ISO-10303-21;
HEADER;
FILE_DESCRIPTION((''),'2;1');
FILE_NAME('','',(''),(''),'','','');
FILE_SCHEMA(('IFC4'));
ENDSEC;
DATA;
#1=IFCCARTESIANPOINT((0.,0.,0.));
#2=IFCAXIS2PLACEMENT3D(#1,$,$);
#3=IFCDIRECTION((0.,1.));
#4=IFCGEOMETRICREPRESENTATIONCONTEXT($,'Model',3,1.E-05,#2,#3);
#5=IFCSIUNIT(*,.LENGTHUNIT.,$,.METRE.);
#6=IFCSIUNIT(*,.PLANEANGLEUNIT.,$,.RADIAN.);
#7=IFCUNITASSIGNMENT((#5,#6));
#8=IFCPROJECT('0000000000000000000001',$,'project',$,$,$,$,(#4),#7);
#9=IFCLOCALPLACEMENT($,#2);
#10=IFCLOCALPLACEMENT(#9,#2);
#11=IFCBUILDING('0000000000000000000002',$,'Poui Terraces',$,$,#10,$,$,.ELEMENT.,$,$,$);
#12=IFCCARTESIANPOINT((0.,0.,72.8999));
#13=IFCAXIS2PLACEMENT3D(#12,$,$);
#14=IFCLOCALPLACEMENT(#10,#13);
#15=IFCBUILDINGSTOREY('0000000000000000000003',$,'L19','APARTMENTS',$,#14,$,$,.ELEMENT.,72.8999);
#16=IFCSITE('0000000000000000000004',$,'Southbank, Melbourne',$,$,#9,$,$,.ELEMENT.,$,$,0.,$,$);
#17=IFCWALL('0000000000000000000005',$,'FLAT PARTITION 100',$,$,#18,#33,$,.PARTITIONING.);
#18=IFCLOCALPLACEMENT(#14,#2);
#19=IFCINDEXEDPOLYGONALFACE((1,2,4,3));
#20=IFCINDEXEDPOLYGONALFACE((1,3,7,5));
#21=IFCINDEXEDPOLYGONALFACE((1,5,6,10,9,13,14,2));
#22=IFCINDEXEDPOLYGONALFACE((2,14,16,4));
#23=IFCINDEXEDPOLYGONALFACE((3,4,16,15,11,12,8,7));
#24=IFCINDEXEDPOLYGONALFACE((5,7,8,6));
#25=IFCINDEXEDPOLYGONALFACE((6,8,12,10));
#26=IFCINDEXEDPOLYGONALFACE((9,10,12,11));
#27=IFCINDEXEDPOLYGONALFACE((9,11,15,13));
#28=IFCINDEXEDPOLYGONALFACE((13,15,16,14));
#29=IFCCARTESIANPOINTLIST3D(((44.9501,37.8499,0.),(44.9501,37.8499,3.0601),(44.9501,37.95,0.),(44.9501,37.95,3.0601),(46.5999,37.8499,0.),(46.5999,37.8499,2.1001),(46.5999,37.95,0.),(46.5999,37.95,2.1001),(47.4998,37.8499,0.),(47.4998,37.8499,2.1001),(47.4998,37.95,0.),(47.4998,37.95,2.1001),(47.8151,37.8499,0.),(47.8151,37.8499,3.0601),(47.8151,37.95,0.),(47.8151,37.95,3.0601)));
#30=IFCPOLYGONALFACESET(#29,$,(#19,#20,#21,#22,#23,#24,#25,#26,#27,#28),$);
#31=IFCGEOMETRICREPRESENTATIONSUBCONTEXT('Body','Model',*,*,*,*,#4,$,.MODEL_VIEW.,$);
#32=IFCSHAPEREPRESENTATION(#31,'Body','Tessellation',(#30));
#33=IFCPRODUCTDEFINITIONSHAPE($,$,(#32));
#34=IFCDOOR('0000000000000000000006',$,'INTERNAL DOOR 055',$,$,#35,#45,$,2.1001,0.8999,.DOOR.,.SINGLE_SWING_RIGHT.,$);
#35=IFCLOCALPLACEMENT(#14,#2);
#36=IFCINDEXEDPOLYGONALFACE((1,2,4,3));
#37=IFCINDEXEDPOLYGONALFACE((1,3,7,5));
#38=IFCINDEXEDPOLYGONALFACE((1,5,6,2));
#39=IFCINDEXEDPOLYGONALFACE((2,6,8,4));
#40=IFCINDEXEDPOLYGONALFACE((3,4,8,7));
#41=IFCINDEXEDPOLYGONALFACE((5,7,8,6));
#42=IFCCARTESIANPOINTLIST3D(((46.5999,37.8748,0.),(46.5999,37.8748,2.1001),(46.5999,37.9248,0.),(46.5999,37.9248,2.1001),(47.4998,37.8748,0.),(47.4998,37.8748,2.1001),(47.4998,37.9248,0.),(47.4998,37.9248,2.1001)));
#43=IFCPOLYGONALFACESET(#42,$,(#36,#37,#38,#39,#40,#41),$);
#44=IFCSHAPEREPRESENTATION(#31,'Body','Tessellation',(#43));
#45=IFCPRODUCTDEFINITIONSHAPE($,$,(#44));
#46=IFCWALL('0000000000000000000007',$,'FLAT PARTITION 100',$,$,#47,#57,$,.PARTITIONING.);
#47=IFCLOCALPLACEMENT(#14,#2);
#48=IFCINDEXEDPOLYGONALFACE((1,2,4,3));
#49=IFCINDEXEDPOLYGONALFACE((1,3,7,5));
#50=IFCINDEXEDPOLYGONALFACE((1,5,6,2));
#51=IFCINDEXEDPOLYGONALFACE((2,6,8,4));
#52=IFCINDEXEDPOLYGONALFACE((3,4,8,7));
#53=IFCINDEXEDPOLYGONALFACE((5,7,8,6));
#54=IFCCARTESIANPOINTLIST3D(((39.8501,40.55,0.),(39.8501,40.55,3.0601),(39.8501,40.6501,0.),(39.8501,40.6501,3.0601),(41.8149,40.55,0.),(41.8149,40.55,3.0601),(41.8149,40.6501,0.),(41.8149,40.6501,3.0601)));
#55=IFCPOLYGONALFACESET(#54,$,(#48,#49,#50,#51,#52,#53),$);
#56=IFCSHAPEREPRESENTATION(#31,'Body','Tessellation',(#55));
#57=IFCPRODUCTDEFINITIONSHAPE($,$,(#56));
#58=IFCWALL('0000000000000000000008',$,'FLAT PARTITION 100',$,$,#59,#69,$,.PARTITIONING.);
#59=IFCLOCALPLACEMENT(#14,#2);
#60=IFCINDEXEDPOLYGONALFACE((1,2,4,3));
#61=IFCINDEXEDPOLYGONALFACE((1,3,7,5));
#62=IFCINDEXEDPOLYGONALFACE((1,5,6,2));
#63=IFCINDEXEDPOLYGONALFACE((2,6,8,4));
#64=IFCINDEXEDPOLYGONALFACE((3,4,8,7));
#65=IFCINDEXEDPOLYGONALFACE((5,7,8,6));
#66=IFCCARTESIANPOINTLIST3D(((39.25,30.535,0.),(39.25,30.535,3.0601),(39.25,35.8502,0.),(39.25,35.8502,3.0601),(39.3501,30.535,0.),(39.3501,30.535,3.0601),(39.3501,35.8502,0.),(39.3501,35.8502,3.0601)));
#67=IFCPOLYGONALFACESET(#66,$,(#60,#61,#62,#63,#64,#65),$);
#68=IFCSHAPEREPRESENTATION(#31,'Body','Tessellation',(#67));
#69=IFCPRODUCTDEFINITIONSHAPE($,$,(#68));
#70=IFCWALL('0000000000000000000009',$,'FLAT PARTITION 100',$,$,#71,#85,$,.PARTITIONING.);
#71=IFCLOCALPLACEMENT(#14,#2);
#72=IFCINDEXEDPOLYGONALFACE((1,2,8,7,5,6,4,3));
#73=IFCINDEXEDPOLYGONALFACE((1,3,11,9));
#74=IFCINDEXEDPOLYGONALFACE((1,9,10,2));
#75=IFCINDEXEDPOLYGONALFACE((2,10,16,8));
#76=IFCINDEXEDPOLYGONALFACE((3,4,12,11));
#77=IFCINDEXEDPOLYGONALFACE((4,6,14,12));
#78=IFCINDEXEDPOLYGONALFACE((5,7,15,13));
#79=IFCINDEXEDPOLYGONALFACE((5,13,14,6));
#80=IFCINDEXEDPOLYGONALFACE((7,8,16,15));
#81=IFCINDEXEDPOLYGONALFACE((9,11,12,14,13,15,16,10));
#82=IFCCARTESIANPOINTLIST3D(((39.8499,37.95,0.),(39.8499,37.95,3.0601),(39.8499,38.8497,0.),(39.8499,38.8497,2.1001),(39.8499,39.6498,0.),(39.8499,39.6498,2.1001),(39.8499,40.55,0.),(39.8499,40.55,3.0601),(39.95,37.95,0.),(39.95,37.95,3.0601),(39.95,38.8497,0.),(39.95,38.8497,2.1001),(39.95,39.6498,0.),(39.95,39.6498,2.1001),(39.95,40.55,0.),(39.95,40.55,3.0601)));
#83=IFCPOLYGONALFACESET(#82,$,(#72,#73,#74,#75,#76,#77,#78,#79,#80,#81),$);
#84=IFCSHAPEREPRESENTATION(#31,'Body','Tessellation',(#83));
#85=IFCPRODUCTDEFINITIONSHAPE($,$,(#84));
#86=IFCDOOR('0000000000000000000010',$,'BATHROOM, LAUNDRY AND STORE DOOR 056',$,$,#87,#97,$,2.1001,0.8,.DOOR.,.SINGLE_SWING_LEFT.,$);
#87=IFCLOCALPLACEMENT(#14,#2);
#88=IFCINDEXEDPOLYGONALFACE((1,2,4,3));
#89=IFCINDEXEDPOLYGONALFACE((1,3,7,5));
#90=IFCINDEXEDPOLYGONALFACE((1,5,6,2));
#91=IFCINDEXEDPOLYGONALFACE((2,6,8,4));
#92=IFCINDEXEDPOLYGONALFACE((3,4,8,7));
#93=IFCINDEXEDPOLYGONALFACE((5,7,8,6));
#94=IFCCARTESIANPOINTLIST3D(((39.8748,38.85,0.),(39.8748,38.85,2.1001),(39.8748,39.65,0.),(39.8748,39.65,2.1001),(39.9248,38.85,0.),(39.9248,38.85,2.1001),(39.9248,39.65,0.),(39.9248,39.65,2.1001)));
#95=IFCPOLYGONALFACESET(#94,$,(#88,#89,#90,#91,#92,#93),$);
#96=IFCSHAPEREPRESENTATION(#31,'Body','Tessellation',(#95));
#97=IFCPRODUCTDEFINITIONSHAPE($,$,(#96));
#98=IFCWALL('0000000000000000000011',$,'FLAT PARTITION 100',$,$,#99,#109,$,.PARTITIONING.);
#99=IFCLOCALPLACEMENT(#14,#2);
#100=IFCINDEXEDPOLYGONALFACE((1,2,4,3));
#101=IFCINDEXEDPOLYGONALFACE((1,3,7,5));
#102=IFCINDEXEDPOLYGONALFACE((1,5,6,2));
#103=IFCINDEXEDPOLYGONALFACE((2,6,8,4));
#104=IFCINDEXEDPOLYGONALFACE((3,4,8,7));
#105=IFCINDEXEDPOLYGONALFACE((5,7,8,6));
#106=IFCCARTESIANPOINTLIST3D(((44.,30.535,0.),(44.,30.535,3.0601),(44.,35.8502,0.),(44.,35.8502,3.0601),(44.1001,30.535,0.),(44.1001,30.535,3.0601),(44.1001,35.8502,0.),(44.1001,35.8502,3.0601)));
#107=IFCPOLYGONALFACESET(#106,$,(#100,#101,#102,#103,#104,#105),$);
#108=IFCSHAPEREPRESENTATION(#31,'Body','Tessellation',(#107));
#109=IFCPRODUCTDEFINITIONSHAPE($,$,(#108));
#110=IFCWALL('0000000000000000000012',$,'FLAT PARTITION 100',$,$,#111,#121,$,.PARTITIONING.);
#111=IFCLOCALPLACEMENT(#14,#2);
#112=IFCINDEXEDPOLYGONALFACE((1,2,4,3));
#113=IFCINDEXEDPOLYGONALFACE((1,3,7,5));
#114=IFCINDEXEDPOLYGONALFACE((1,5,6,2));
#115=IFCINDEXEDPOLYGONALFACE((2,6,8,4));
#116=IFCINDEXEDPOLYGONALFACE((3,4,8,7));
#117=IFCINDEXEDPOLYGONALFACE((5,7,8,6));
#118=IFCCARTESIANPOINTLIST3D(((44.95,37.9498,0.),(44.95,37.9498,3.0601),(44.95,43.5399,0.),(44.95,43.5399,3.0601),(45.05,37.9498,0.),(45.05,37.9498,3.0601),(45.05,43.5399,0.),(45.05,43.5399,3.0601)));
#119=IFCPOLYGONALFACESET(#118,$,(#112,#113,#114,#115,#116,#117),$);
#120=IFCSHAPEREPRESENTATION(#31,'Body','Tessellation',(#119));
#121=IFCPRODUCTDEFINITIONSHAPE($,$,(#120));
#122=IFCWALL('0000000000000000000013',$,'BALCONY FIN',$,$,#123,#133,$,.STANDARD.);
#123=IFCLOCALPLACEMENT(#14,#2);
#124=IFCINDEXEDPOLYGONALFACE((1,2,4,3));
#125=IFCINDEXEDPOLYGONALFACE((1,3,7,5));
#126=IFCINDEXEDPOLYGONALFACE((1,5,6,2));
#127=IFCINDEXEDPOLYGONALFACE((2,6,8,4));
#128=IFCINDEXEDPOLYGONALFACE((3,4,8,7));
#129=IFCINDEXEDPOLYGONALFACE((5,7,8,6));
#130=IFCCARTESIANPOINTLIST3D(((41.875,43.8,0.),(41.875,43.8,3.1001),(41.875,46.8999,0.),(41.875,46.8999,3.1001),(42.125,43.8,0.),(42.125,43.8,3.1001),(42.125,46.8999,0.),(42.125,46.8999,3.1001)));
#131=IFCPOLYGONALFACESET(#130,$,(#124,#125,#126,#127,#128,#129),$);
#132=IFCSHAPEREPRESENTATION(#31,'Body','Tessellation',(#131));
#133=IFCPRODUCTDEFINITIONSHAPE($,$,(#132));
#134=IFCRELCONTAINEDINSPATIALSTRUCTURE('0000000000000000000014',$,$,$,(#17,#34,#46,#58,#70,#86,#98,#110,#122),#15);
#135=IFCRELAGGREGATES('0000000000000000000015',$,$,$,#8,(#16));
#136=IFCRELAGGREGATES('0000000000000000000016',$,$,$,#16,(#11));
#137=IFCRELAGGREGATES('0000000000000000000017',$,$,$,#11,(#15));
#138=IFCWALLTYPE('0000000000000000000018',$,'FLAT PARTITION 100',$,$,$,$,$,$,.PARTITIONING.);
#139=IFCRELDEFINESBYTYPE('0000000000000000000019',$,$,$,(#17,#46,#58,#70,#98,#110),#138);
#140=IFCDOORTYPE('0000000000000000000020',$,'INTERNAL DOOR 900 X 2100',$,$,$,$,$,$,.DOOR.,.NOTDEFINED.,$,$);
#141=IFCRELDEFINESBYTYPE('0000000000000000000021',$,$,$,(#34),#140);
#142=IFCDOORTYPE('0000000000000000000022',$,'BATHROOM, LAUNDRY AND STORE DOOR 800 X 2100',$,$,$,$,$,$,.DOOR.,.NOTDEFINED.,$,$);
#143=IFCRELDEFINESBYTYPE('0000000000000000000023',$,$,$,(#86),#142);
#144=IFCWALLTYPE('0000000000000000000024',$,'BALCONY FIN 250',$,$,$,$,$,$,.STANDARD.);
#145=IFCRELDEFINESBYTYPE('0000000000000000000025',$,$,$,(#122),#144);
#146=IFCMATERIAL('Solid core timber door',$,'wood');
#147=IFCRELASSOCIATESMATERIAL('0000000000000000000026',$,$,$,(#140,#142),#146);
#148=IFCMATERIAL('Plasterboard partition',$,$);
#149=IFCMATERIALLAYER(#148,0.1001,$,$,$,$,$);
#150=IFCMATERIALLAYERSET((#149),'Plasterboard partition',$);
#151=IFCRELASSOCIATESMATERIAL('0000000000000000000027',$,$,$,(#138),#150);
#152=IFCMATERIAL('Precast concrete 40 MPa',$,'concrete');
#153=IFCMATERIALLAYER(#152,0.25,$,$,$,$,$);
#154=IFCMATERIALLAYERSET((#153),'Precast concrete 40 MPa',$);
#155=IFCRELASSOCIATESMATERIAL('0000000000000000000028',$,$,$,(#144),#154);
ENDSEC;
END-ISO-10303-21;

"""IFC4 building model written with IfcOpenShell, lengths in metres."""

from ifc_helpers import new_model, si_unit, direction, frame, frame_2d, origin, place, context, subcontext, project, spatial, polyline, rectangle, outline, extrude, source, transform, mapped, material, layer, layer_set, type_object, element, fill, save


model = new_model("IFC4")

# Units and contexts
model_context = context("Model", 3, precision=1e-05, world=origin(), true_north=direction((0.0, 1.0)))
body_context = subcontext(model_context, "Body", "Model", "MODEL_VIEW")
ifc_project = project(units=[si_unit("LENGTHUNIT", "METRE"), si_unit("PLANEANGLEUNIT", "RADIAN")], contexts=[model_context])

# Site, building, storey
site_placement = place(None, origin())
site = spatial("IfcSite", under=ifc_project, at=site_placement, Name="Southbank, Melbourne", CompositionType="ELEMENT", RefElevation=0.0)
building_placement = place(site_placement, origin())
building = spatial("IfcBuilding", under=site, at=building_placement, Name="Poui Terraces", CompositionType="ELEMENT")
storey_placement = place(building_placement, frame((0.0, 0.0, 72.8999)))
storey = spatial("IfcBuildingStorey", under=building, at=storey_placement, Name="L19", Description="APARTMENTS", CompositionType="ELEMENT", Elevation=72.8999)

# Wall, opening, door
ifc_material_1 = material(Name="Solid core timber door", Category="wood")
door_type_1 = type_object("IfcDoorType", Name="INTERNAL DOOR 900 X 2100", OperationType="NOTDEFINED", PredefinedType="DOOR", material=ifc_material_1)
ifc_material_2 = material(Name="Plasterboard partition")
ifc_layer_1 = layer(ifc_material_2, 0.1001)
ifc_layer_set_1 = layer_set([ifc_layer_1], Name="Plasterboard partition")
wall_type_1 = type_object("IfcWallType", Name="FLAT PARTITION 100", PredefinedType="PARTITIONING", material=ifc_layer_set_1)
door_type_2 = type_object("IfcDoorType", Name="BATHROOM, LAUNDRY AND STORE DOOR 800 X 2100", OperationType="NOTDEFINED", PredefinedType="DOOR", material=ifc_material_1)
wall_1_placement = place(storey_placement, frame((44.95, 37.8999, 0.0), z_axis=(0.0, 0.0, 1.0), x_axis=(1.0, 0.0, 0.0)))
wall_1 = element("IfcWall", 1, at=wall_1_placement, inside=storey, type_object=wall_type_1, Name="FLAT PARTITION 100", PredefinedType="PARTITIONING", context=body_context, shape_type="SweptSolid", body=[
    extrude(rectangle(XDim=2.865, YDim=0.1001, at=frame_2d((1.4326, 0.0))), origin(), (0.0, 0.0, 1.0), 3.0601),
])
opening_1_placement = place(wall_1_placement, frame((1.6499, 0.0, 0.0)))
opening_1 = element("IfcOpeningElement", 2, at=opening_1_placement, cuts=wall_1, PredefinedType="OPENING", context=body_context, shape_type="SweptSolid", body=[
    extrude(rectangle(XDim=0.8999, YDim=2.1001, at=frame_2d((0.45, 1.05))), frame((0.0, 0.0601, 0.0), z_axis=(0.0, -1.0, 0.0), x_axis=(1.0, 0.0, 0.0)), (0.0, 0.0, 1.0), 0.1201),
])
door_1_placement = place(opening_1_placement, origin())
door_1 = element("IfcDoor", 3, at=door_1_placement, inside=storey, type_object=door_type_1, Name="INTERNAL DOOR 055", OperationType="SINGLE_SWING_RIGHT", OverallHeight=2.1001, OverallWidth=0.8999, PredefinedType="DOOR", context=body_context, shape_type="SweptSolid", body=[
    extrude(rectangle(XDim=0.8999, YDim=2.1001, at=frame_2d((0.45, 1.05))), frame((0.0, 0.0249, 0.0), z_axis=(0.0, -1.0, 0.0), x_axis=(1.0, 0.0, 0.0)), (0.0, 0.0, 1.0), 0.05),
])
fill(opening_1, door_1)

# Walls
wall_2_placement = place(storey_placement, frame((39.8501, 40.6001, 0.0), z_axis=(0.0, 0.0, 1.0), x_axis=(1.0, 0.0, 0.0)))
element("IfcWall", 4, at=wall_2_placement, inside=storey, type_object=wall_type_1, Name="FLAT PARTITION 100", PredefinedType="PARTITIONING", context=body_context, shape_type="SweptSolid", body=[
    extrude(rectangle(XDim=1.9648, YDim=0.1001, at=frame_2d((0.9824, 0.0))), origin(), (0.0, 0.0, 1.0), 3.0601),
])
wall_3_placement = place(storey_placement, frame((39.3, 30.5349, 0.0), z_axis=(0.0, 0.0, 1.0), x_axis=(0.0, 1.0, 0.0)))
element("IfcWall", 5, at=wall_3_placement, inside=storey, type_object=wall_type_1, Name="FLAT PARTITION 100", PredefinedType="PARTITIONING", context=body_context, shape_type="SweptSolid", body=[
    extrude(rectangle(XDim=5.3152, YDim=0.1001, at=frame_2d((2.6577, 0.0))), origin(), (0.0, 0.0, 1.0), 3.0601),
])

# Wall, opening, door
wall_4_placement = place(storey_placement, frame((39.8999, 37.95, 0.0), z_axis=(0.0, 0.0, 1.0), x_axis=(0.0, 1.0, 0.0)))
wall_4 = element("IfcWall", 6, at=wall_4_placement, inside=storey, type_object=wall_type_1, Name="FLAT PARTITION 100", PredefinedType="PARTITIONING", context=body_context, shape_type="SweptSolid", body=[
    extrude(rectangle(XDim=2.6001, YDim=0.1001, at=frame_2d((1.3, 0.0))), origin(), (0.0, 0.0, 1.0), 3.0601),
])
opening_2_placement = place(wall_4_placement, frame((0.8999, 0.0, 0.0)))
opening_2 = element("IfcOpeningElement", 7, at=opening_2_placement, cuts=wall_4, PredefinedType="OPENING", context=body_context, shape_type="SweptSolid", body=[
    extrude(rectangle(XDim=0.8, YDim=2.1001, at=frame_2d((0.3999, 1.05))), frame((0.0, 0.0601, 0.0), z_axis=(0.0, -1.0, 0.0), x_axis=(1.0, 0.0, 0.0)), (0.0, 0.0, 1.0), 0.1201),
])
door_2_placement = place(opening_2_placement, frame((0.8, 0.0, 0.0), z_axis=(0.0, 0.0, 1.0), x_axis=(-1.0, 0.0, 0.0)))
door_2 = element("IfcDoor", 8, at=door_2_placement, inside=storey, type_object=door_type_2, Name="BATHROOM, LAUNDRY AND STORE DOOR 056", OperationType="SINGLE_SWING_LEFT", OverallHeight=2.1001, OverallWidth=0.8, PredefinedType="DOOR", context=body_context, shape_type="SweptSolid", body=[
    extrude(rectangle(XDim=0.8, YDim=2.1001, at=frame_2d((0.3999, 1.05))), frame((0.0, 0.0249, 0.0), z_axis=(0.0, -1.0, 0.0), x_axis=(1.0, 0.0, 0.0)), (0.0, 0.0, 1.0), 0.05),
])
fill(opening_2, door_2)

# Walls
wall_5_placement = place(storey_placement, frame((44.05, 30.5349, 0.0), z_axis=(0.0, 0.0, 1.0), x_axis=(0.0, 1.0, 0.0)))
element("IfcWall", 9, at=wall_5_placement, inside=storey, type_object=wall_type_1, Name="FLAT PARTITION 100", PredefinedType="PARTITIONING", context=body_context, shape_type="SweptSolid", body=[
    extrude(rectangle(XDim=5.3152, YDim=0.1001, at=frame_2d((2.6577, 0.0))), origin(), (0.0, 0.0, 1.0), 3.0601),
])
wall_6_placement = place(storey_placement, frame((45.0, 37.95, 0.0), z_axis=(0.0, 0.0, 1.0), x_axis=(0.0, 1.0, 0.0)))
element("IfcWall", 10, at=wall_6_placement, inside=storey, type_object=wall_type_1, Name="FLAT PARTITION 100", PredefinedType="PARTITIONING", context=body_context, shape_type="SweptSolid", body=[
    extrude(rectangle(XDim=5.5901, YDim=0.1001, at=frame_2d((2.7949, 0.0))), origin(), (0.0, 0.0, 1.0), 3.0601),
])
ifc_material_3 = material(Name="Precast concrete 40 MPa", Category="concrete")
ifc_layer_2 = layer(ifc_material_3, 0.25)
ifc_layer_set_2 = layer_set([ifc_layer_2], Name="Precast concrete 40 MPa")
wall_type_2 = type_object("IfcWallType", Name="BALCONY FIN 250", PredefinedType="STANDARD", material=ifc_layer_set_2)
shared_shape_1 = source(origin(), body_context, "Body", "SweptSolid", [
    extrude(outline(polyline([(0.0, 0.0), (0.25, 0.0), (0.25, 3.0999), (0.0, 3.0999), (0.0, 0.0)])), origin(), (0.0, 0.0, 1.0), 3.1001),
])
wall_7_placement = place(storey_placement, frame((41.875, 43.8, 0.0)))
element("IfcWall", 11, at=wall_7_placement, inside=storey, type_object=wall_type_2, Name="BALCONY FIN", PredefinedType="STANDARD", context=body_context, shape_type="MappedRepresentation", body=[
    mapped(shared_shape_1, transform((0.0, 0.0, 0.0))),
])

save(model, "model.ifc")
